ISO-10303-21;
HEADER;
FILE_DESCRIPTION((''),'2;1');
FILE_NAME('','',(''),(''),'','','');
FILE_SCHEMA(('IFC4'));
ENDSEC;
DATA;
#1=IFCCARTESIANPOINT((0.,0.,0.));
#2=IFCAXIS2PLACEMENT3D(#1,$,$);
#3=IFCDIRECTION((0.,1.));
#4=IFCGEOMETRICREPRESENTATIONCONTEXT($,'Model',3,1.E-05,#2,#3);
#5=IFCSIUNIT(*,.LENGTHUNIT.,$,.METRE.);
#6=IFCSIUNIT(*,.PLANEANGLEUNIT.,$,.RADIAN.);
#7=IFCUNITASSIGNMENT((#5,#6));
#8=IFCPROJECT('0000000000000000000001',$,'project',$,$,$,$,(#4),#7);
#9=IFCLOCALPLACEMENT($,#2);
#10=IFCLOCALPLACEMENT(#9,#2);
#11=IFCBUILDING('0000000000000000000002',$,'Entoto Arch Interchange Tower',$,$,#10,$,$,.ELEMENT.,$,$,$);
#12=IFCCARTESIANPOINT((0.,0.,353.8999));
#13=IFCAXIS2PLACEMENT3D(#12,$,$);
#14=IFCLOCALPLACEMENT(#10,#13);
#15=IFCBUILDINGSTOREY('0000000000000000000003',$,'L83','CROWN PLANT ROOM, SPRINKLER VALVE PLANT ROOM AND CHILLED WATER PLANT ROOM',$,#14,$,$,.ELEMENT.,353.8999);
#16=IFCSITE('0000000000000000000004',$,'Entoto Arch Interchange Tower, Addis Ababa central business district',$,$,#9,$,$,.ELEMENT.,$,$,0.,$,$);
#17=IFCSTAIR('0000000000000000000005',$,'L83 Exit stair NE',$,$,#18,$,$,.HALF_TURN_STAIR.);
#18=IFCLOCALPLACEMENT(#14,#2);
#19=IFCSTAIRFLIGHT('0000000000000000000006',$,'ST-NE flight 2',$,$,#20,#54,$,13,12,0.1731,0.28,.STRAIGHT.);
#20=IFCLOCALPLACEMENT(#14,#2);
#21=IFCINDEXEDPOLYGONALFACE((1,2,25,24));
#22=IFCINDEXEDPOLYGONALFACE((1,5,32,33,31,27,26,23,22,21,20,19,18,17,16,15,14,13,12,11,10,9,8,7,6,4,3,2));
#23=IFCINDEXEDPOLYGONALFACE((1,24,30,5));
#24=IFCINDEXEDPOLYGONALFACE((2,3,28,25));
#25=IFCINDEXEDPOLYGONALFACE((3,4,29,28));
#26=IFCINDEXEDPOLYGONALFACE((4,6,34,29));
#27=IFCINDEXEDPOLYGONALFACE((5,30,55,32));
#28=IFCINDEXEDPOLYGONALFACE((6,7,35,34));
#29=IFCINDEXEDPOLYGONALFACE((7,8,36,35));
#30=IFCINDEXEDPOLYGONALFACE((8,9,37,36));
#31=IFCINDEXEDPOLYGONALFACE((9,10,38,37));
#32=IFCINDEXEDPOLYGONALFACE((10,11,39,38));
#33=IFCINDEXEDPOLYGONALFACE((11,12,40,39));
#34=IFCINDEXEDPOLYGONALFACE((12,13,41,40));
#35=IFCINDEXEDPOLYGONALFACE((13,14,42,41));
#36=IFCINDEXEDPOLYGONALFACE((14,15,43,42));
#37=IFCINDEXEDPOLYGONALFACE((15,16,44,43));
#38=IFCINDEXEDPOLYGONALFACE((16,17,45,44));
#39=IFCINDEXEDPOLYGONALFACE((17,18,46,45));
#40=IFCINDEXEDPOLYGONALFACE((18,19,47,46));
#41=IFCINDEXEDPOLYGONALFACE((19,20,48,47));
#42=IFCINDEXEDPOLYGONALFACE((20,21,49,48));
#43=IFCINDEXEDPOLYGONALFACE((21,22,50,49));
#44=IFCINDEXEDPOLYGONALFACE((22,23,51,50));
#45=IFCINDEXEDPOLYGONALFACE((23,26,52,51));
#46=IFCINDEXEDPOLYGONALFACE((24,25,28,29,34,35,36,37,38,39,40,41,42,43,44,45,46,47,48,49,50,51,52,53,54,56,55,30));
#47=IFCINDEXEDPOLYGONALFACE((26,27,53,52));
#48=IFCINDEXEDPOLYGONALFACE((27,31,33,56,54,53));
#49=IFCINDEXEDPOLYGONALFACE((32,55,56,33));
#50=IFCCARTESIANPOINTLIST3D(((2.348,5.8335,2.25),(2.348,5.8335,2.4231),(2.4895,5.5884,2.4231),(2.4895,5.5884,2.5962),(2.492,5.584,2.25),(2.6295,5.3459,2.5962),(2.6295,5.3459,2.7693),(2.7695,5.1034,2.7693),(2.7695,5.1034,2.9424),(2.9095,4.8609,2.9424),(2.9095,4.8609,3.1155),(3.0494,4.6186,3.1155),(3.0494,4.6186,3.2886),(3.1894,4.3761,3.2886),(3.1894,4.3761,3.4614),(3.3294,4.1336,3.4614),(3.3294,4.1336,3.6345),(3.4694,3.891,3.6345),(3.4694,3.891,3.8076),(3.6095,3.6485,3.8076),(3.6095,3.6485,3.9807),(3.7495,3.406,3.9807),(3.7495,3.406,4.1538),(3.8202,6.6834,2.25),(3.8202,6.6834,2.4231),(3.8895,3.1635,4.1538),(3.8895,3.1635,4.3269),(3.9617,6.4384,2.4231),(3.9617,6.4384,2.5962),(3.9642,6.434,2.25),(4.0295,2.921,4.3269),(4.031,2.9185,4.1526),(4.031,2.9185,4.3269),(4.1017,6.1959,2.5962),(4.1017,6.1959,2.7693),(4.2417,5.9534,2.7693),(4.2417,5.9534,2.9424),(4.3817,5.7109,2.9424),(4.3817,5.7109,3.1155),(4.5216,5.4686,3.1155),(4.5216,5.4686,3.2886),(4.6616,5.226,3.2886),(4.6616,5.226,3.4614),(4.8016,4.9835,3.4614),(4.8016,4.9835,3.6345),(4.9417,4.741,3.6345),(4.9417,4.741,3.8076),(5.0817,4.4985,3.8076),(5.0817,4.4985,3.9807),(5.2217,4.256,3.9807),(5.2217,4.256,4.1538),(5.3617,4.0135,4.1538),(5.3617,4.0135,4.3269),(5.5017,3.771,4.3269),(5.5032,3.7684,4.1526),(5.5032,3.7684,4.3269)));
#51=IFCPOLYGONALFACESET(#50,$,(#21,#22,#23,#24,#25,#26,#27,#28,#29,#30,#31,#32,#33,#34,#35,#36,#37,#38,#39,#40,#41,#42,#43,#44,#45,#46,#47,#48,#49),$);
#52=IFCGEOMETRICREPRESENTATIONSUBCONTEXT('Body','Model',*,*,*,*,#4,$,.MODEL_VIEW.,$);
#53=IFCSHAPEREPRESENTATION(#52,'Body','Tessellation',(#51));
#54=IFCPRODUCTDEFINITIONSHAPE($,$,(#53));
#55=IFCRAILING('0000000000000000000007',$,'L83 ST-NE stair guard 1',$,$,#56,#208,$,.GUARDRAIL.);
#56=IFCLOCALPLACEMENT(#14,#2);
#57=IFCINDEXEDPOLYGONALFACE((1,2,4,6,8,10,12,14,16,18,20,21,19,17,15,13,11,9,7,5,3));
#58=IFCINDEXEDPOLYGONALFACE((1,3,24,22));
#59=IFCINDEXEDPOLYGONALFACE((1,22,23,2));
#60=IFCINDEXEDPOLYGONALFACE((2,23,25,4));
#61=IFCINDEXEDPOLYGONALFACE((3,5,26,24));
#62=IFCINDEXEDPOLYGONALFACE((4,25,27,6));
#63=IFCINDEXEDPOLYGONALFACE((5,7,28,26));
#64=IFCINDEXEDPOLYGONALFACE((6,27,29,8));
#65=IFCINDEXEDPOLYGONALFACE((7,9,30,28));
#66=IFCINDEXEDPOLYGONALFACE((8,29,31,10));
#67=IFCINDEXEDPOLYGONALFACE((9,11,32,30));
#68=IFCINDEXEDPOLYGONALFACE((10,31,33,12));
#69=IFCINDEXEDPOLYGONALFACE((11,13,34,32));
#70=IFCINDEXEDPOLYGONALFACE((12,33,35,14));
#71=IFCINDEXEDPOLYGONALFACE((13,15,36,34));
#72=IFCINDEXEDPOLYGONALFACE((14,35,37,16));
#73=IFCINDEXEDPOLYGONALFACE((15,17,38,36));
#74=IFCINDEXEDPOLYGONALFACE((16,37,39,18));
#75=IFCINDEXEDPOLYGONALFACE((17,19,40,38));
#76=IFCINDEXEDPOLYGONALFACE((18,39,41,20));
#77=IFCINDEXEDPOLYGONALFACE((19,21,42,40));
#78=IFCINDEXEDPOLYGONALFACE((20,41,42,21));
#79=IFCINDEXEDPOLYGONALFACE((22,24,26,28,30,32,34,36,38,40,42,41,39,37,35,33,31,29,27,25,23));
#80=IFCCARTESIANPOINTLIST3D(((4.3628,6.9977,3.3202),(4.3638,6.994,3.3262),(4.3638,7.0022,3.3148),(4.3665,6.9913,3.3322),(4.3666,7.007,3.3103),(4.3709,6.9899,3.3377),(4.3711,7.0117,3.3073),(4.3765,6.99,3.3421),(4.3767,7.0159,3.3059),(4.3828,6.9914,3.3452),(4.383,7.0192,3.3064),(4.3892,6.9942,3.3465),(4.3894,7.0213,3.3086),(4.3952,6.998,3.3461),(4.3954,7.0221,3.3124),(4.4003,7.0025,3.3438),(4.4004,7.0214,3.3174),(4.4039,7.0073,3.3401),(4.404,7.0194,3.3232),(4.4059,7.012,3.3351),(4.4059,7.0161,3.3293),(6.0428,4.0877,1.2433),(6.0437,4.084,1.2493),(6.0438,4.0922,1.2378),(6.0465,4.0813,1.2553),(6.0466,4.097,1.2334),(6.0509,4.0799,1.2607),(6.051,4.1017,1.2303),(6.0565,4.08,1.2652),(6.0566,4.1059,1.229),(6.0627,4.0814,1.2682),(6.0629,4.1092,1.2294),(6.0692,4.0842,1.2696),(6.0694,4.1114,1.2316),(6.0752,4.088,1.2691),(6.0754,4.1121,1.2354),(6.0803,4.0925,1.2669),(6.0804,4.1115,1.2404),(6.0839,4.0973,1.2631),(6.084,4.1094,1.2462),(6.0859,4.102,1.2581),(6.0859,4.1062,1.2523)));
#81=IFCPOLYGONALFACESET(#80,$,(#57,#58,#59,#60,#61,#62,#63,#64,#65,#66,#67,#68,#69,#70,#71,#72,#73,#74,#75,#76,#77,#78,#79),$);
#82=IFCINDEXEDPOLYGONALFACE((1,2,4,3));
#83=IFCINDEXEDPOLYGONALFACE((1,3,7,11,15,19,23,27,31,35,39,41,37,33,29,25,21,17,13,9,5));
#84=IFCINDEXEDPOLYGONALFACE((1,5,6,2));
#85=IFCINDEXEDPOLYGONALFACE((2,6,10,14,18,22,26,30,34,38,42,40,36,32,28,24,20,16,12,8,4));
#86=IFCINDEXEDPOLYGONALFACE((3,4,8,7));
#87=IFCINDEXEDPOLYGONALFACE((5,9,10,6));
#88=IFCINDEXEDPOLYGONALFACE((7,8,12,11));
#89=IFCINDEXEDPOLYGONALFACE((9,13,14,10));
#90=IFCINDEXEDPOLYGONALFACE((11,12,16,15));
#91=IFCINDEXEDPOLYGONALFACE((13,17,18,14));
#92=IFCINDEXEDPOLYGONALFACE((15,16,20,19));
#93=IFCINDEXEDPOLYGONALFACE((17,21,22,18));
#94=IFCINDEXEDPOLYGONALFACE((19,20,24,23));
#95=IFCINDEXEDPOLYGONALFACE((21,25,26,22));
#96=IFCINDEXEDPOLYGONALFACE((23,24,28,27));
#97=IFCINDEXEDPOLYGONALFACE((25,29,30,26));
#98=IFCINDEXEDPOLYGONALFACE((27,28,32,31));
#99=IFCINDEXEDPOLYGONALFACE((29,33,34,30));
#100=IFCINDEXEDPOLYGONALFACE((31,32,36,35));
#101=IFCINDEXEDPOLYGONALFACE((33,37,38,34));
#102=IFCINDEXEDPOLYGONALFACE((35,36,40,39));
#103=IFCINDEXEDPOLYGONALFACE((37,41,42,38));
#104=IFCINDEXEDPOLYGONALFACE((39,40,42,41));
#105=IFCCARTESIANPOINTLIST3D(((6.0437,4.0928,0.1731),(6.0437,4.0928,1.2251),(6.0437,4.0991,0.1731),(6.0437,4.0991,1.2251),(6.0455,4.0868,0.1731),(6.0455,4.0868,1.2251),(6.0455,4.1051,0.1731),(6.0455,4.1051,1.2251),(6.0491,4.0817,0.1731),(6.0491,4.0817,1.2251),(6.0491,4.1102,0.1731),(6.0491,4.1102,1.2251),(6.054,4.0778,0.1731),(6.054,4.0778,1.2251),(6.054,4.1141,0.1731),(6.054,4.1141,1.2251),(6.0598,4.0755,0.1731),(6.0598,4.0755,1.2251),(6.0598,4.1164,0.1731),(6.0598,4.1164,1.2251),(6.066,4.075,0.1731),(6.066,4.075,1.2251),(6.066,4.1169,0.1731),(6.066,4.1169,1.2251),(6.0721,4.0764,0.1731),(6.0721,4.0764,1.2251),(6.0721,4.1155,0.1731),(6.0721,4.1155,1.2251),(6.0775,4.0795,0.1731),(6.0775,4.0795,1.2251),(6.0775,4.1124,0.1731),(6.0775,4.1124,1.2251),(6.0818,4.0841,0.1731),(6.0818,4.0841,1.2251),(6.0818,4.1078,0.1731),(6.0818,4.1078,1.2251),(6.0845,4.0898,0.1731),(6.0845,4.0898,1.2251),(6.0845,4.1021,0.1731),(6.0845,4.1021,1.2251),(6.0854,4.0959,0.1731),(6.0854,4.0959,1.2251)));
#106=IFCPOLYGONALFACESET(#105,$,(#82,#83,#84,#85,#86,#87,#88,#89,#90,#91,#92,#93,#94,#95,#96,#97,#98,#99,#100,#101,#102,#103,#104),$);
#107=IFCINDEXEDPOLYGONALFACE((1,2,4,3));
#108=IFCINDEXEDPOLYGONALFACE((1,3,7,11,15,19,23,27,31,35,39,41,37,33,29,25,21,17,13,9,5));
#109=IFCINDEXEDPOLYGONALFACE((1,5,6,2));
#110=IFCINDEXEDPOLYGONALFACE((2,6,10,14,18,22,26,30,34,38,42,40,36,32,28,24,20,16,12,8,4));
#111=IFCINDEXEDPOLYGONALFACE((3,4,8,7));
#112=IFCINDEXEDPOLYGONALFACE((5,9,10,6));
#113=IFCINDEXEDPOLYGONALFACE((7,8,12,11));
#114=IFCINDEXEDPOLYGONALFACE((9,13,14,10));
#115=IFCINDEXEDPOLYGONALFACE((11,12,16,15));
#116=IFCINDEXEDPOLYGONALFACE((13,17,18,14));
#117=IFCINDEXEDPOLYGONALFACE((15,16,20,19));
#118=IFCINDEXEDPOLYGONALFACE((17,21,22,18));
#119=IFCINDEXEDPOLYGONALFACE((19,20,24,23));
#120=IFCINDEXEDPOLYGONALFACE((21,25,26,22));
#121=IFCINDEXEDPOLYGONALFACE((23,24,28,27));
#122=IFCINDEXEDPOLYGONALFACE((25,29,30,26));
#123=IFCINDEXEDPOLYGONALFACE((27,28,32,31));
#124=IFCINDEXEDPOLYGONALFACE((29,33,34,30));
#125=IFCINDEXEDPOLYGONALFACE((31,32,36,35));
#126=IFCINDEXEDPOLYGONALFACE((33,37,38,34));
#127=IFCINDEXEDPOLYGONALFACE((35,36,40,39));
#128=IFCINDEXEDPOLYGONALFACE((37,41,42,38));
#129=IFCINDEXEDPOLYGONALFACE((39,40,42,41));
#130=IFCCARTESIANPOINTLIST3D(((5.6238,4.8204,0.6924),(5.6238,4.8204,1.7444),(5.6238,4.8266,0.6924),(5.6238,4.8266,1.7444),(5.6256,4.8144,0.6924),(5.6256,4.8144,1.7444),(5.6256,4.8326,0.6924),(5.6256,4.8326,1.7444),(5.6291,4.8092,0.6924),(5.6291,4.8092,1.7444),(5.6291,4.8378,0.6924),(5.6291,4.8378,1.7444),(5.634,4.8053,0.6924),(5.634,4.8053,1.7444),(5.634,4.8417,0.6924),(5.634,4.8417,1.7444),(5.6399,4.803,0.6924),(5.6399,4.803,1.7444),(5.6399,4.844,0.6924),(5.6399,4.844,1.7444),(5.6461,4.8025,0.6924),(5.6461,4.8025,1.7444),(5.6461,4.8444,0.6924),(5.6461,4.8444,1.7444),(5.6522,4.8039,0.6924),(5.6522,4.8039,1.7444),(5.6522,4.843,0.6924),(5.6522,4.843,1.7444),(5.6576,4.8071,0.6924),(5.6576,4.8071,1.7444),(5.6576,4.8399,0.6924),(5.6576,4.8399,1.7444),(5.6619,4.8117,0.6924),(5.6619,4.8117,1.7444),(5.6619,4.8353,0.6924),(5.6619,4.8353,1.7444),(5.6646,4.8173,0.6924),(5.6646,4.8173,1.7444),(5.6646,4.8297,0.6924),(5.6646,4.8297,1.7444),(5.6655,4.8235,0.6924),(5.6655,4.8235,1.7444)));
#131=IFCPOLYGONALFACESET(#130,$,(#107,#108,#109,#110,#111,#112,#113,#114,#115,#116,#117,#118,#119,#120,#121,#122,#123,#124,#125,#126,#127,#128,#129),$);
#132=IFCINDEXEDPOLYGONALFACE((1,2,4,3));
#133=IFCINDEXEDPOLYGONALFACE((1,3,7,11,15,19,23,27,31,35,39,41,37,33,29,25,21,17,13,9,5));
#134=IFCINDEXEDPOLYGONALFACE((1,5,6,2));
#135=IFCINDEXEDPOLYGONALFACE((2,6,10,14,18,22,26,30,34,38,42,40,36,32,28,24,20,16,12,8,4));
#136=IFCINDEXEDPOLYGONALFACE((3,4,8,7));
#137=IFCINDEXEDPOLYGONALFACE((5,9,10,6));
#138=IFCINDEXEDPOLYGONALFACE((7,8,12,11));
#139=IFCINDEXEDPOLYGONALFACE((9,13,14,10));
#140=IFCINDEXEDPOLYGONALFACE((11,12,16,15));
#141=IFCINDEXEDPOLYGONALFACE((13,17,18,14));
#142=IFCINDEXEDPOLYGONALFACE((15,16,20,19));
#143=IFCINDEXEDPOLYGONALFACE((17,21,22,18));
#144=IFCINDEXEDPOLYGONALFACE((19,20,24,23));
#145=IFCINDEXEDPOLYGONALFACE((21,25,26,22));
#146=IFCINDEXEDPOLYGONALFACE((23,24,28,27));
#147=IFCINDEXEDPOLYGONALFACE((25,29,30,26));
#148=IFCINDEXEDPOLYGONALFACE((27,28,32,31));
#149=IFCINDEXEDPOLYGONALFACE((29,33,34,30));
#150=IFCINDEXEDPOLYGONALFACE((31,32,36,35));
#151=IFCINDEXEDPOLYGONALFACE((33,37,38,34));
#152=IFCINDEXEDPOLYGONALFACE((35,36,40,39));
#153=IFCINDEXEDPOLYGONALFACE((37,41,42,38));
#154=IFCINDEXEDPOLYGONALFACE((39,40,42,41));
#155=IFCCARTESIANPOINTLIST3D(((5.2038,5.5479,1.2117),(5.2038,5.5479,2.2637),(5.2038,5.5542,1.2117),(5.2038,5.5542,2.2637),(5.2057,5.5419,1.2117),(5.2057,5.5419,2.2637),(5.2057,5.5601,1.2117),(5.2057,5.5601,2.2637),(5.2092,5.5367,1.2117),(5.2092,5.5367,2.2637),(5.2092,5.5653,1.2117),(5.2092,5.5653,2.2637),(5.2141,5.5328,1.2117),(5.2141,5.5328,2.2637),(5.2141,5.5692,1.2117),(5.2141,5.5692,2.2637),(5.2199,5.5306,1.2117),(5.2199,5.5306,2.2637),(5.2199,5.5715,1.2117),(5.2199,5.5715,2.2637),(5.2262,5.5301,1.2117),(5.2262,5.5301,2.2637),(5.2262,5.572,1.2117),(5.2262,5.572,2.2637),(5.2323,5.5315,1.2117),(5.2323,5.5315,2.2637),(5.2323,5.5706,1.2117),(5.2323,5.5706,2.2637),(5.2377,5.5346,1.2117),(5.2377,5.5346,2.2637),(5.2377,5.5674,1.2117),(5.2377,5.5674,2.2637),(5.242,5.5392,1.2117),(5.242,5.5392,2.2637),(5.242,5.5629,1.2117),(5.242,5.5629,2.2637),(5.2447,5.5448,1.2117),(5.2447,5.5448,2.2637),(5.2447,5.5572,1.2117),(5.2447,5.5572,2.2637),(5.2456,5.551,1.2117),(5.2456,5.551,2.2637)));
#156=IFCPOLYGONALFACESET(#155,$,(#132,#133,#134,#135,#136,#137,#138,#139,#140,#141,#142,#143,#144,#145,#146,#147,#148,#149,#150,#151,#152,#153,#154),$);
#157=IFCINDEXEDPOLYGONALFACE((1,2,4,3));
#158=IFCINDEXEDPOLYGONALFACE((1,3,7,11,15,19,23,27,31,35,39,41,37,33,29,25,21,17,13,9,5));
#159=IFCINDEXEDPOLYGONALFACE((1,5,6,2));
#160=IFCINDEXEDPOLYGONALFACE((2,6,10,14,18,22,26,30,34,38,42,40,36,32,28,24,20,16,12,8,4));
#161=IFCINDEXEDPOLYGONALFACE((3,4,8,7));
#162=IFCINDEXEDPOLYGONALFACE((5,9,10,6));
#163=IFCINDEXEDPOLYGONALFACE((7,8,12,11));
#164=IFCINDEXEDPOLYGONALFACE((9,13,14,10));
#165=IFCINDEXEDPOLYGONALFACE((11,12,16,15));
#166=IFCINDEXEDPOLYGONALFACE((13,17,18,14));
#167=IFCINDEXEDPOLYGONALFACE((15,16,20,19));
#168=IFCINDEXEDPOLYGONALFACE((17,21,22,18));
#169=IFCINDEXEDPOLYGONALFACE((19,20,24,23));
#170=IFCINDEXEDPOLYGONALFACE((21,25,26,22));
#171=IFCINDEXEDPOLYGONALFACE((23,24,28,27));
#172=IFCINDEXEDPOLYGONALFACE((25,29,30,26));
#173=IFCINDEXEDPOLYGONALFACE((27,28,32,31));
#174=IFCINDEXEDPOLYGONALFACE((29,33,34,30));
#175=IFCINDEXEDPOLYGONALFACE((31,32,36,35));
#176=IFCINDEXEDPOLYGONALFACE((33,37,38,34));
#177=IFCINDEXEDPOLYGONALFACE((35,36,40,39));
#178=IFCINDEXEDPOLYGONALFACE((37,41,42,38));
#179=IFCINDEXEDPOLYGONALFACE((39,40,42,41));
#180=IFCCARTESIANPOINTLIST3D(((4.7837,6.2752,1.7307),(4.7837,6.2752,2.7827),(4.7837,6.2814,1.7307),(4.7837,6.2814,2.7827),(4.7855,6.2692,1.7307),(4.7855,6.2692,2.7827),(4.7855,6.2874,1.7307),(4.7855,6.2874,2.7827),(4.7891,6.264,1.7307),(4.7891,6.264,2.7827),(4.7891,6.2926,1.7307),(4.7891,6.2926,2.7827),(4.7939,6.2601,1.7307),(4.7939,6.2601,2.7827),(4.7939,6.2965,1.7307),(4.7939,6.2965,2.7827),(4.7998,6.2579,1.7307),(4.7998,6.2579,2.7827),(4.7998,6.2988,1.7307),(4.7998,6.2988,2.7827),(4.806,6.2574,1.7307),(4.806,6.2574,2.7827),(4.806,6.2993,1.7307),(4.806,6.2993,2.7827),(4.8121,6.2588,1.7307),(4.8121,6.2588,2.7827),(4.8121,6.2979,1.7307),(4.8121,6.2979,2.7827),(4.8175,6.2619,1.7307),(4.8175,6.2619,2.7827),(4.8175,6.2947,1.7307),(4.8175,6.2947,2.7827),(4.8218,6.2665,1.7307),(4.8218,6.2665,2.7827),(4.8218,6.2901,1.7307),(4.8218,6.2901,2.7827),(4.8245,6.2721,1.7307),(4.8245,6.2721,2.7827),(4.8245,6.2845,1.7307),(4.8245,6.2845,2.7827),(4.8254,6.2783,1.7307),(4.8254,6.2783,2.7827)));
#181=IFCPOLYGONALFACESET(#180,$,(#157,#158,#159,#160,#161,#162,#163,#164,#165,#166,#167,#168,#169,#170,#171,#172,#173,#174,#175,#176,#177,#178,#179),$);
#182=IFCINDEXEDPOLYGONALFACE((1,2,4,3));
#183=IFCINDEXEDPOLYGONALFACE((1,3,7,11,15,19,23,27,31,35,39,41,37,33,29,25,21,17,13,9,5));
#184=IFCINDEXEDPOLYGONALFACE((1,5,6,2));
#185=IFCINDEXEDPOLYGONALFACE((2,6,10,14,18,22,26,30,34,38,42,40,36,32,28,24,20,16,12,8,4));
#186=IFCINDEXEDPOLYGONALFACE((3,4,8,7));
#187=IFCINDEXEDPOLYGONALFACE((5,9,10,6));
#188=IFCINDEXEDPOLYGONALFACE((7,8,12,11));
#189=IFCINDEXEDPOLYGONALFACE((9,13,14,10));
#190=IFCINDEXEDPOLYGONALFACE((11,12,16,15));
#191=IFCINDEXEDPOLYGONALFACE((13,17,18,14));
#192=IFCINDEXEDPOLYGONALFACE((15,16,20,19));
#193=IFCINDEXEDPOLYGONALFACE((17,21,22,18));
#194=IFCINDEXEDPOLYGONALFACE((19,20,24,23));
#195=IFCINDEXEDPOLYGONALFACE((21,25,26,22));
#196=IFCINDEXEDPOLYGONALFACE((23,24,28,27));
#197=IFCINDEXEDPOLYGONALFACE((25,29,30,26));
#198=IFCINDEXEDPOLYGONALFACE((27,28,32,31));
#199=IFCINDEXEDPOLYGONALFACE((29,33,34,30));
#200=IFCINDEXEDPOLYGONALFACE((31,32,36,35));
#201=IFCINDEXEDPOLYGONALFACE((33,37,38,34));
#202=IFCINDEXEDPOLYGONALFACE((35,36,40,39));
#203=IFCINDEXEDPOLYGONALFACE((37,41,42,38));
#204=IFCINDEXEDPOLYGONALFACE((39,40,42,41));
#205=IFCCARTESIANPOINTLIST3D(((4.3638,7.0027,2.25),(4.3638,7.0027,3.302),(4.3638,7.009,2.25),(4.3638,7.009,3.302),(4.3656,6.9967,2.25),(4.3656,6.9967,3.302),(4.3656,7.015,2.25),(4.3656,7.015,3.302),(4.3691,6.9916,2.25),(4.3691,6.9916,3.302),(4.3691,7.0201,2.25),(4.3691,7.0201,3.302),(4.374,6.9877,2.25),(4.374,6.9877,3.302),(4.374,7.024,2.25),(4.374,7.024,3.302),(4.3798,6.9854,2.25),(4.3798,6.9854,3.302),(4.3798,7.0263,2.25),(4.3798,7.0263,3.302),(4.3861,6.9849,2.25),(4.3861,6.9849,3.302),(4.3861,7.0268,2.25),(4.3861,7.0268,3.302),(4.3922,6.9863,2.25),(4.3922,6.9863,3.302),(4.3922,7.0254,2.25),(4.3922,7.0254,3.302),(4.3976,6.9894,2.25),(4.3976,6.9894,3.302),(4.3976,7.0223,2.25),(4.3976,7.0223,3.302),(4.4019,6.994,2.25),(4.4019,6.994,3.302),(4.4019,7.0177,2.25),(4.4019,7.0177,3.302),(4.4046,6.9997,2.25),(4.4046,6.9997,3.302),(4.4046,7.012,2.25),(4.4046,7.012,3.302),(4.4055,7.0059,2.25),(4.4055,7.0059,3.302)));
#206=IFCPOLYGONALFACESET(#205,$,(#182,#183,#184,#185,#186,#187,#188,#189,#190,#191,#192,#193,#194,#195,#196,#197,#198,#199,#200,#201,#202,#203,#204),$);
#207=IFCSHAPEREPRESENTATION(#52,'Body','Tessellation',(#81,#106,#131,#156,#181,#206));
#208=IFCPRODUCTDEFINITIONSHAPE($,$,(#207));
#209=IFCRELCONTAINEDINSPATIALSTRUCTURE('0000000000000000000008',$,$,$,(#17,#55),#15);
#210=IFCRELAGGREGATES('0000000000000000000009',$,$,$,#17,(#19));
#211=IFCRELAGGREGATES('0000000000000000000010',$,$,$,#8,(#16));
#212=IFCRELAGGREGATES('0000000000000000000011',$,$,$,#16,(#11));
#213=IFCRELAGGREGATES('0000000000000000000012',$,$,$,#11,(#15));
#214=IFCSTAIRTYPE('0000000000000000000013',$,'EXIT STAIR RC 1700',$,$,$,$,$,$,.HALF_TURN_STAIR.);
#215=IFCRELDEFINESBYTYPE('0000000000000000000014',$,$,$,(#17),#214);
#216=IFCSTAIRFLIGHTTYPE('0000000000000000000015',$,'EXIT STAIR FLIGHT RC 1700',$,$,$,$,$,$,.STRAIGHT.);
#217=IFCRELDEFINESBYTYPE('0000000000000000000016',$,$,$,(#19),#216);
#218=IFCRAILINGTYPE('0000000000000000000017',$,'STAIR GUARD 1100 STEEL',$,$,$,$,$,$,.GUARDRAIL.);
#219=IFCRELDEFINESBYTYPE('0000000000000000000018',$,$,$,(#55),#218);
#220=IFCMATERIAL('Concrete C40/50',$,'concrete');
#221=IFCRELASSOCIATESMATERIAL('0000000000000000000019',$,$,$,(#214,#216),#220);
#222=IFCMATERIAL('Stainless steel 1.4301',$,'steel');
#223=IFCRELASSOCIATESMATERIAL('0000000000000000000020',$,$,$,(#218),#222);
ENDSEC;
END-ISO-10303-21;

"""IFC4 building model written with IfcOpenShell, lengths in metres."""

from ifc_helpers import new_model, si_unit, direction, frame, origin, origin_2d, place, context, subcontext, project, spatial, polyline, circle, outline, extrude, material, type_object, element, aggregate, save


model = new_model("IFC4")

# Units and contexts
model_context = context("Model", 3, precision=1e-05, world=origin(), true_north=direction((0.0, 1.0)))
body_context = subcontext(model_context, "Body", "Model", "MODEL_VIEW")
ifc_project = project(units=[si_unit("LENGTHUNIT", "METRE"), si_unit("PLANEANGLEUNIT", "RADIAN")], contexts=[model_context])

# Site, building, storey
site_placement = place(None, origin())
site = spatial("IfcSite", under=ifc_project, at=site_placement, Name="Entoto Arch Interchange Tower, Addis Ababa central business district", CompositionType="ELEMENT", RefElevation=0.0)
building_placement = place(site_placement, origin())
building = spatial("IfcBuilding", under=site, at=building_placement, Name="Entoto Arch Interchange Tower", CompositionType="ELEMENT")
storey_placement = place(building_placement, frame((0.0, 0.0, 353.8999)))
storey = spatial("IfcBuildingStorey", under=building, at=storey_placement, Name="L83", Description="CROWN PLANT ROOM, SPRINKLER VALVE PLANT ROOM AND CHILLED WATER PLANT ROOM", CompositionType="ELEMENT", Elevation=353.8999)

# Shared definitions
ifc_material_1 = material(Name="Concrete C40/50", Category="concrete")

# Stair
stair_type = type_object("IfcStairType", Name="EXIT STAIR RC 1700", PredefinedType="HALF_TURN_STAIR", material=ifc_material_1)
stair_1_placement = place(storey_placement, origin())
stair_1 = element("IfcStair", 1, at=stair_1_placement, inside=storey, type_object=stair_type, Name="L83 Exit stair NE", PredefinedType="HALF_TURN_STAIR")

# Stair flight
stair_flight_type = type_object("IfcStairFlightType", Name="EXIT STAIR FLIGHT RC 1700", PredefinedType="STRAIGHT", material=ifc_material_1)
stair_flight_1_placement = place(storey_placement, frame((3.0854, 6.2559, 2.25), z_axis=(0.0, 0.0, 1.0), x_axis=(0.5, -0.866025, 0.0)))
stair_flight_1 = element("IfcStairFlight", 2, at=stair_flight_1_placement, type_object=stair_flight_type, Name="ST-NE flight 2", NumberOfRisers=13, NumberOfTreads=12, PredefinedType="STRAIGHT", RiserHeight=0.1731, TreadLength=0.28, context=body_context, shape_type="SweptSolid", body=[
    extrude(outline(polyline([(-0.0029, 0.0), (-0.0029, 0.1731), (0.28, 0.1731), (0.28, 0.3462), (0.5601, 0.3462), (0.5601, 0.5193), (0.8401, 0.5193), (0.8401, 0.6924), (1.1201, 0.6924), (1.1201, 0.8655), (1.3999, 0.8655), (1.3999, 1.0386), (1.6799, 1.0386), (1.6799, 1.2114), (1.96, 1.2114), (1.96, 1.3845), (2.24, 1.3845), (2.24, 1.5576), (2.52, 1.5576), (2.52, 1.7307), (2.8, 1.7307), (2.8, 1.9038), (3.0801, 1.9038), (3.0801, 2.0769), (3.3601, 2.0769), (3.363, 2.0769), (3.363, 1.9026), (0.2852, 0.0), (-0.0029, 0.0)])), frame((0.0, 0.8501, 0.0), z_axis=(0.0, -1.0, 0.0), x_axis=(1.0, 0.0, 0.0)), (0.0, 0.0, 1.0), 1.7),
])
aggregate(stair_1, [stair_flight_1])

# Railing
ifc_material_2 = material(Name="Stainless steel 1.4301", Category="steel")
railing_type_1 = type_object("IfcRailingType", Name="STAIR GUARD 1100 STEEL", PredefinedType="GUARDRAIL", material=ifc_material_2)
railing_1_placement = place(storey_placement, frame((6.0645, 4.0959, 0.1731)))
element("IfcRailing", 3, at=railing_1_placement, inside=storey, type_object=railing_type_1, Name="L83 ST-NE stair guard 1", PredefinedType="GUARDRAIL", context=body_context, shape_type="SweptSolid", body=[
    extrude(circle(Radius=0.0239, at=origin_2d()), frame((0.0, 0.0, 1.0762), z_axis=(-0.425288, 0.736668, 0.525785), x_axis=(-0.866039, -0.499976, 0.0)), (0.0, 0.0, 1.0), 3.9502),
    extrude(circle(Radius=0.021, at=origin_2d()), origin(), (0.0, 0.0, 1.0), 1.052),
    extrude(circle(Radius=0.021, at=origin_2d()), frame((-0.4199, 0.7275, 0.5193)), (0.0, 0.0, 1.0), 1.052),
    extrude(circle(Radius=0.021, at=origin_2d()), frame((-0.8398, 1.4551, 1.0386)), (0.0, 0.0, 1.0), 1.052),
    extrude(circle(Radius=0.021, at=origin_2d()), frame((-1.26, 2.1824, 1.5576)), (0.0, 0.0, 1.0), 1.052),
    extrude(circle(Radius=0.021, at=origin_2d()), frame((-1.6799, 2.9099, 2.0769)), (0.0, 0.0, 1.0), 1.052),
])

save(model, "model.ifc")
